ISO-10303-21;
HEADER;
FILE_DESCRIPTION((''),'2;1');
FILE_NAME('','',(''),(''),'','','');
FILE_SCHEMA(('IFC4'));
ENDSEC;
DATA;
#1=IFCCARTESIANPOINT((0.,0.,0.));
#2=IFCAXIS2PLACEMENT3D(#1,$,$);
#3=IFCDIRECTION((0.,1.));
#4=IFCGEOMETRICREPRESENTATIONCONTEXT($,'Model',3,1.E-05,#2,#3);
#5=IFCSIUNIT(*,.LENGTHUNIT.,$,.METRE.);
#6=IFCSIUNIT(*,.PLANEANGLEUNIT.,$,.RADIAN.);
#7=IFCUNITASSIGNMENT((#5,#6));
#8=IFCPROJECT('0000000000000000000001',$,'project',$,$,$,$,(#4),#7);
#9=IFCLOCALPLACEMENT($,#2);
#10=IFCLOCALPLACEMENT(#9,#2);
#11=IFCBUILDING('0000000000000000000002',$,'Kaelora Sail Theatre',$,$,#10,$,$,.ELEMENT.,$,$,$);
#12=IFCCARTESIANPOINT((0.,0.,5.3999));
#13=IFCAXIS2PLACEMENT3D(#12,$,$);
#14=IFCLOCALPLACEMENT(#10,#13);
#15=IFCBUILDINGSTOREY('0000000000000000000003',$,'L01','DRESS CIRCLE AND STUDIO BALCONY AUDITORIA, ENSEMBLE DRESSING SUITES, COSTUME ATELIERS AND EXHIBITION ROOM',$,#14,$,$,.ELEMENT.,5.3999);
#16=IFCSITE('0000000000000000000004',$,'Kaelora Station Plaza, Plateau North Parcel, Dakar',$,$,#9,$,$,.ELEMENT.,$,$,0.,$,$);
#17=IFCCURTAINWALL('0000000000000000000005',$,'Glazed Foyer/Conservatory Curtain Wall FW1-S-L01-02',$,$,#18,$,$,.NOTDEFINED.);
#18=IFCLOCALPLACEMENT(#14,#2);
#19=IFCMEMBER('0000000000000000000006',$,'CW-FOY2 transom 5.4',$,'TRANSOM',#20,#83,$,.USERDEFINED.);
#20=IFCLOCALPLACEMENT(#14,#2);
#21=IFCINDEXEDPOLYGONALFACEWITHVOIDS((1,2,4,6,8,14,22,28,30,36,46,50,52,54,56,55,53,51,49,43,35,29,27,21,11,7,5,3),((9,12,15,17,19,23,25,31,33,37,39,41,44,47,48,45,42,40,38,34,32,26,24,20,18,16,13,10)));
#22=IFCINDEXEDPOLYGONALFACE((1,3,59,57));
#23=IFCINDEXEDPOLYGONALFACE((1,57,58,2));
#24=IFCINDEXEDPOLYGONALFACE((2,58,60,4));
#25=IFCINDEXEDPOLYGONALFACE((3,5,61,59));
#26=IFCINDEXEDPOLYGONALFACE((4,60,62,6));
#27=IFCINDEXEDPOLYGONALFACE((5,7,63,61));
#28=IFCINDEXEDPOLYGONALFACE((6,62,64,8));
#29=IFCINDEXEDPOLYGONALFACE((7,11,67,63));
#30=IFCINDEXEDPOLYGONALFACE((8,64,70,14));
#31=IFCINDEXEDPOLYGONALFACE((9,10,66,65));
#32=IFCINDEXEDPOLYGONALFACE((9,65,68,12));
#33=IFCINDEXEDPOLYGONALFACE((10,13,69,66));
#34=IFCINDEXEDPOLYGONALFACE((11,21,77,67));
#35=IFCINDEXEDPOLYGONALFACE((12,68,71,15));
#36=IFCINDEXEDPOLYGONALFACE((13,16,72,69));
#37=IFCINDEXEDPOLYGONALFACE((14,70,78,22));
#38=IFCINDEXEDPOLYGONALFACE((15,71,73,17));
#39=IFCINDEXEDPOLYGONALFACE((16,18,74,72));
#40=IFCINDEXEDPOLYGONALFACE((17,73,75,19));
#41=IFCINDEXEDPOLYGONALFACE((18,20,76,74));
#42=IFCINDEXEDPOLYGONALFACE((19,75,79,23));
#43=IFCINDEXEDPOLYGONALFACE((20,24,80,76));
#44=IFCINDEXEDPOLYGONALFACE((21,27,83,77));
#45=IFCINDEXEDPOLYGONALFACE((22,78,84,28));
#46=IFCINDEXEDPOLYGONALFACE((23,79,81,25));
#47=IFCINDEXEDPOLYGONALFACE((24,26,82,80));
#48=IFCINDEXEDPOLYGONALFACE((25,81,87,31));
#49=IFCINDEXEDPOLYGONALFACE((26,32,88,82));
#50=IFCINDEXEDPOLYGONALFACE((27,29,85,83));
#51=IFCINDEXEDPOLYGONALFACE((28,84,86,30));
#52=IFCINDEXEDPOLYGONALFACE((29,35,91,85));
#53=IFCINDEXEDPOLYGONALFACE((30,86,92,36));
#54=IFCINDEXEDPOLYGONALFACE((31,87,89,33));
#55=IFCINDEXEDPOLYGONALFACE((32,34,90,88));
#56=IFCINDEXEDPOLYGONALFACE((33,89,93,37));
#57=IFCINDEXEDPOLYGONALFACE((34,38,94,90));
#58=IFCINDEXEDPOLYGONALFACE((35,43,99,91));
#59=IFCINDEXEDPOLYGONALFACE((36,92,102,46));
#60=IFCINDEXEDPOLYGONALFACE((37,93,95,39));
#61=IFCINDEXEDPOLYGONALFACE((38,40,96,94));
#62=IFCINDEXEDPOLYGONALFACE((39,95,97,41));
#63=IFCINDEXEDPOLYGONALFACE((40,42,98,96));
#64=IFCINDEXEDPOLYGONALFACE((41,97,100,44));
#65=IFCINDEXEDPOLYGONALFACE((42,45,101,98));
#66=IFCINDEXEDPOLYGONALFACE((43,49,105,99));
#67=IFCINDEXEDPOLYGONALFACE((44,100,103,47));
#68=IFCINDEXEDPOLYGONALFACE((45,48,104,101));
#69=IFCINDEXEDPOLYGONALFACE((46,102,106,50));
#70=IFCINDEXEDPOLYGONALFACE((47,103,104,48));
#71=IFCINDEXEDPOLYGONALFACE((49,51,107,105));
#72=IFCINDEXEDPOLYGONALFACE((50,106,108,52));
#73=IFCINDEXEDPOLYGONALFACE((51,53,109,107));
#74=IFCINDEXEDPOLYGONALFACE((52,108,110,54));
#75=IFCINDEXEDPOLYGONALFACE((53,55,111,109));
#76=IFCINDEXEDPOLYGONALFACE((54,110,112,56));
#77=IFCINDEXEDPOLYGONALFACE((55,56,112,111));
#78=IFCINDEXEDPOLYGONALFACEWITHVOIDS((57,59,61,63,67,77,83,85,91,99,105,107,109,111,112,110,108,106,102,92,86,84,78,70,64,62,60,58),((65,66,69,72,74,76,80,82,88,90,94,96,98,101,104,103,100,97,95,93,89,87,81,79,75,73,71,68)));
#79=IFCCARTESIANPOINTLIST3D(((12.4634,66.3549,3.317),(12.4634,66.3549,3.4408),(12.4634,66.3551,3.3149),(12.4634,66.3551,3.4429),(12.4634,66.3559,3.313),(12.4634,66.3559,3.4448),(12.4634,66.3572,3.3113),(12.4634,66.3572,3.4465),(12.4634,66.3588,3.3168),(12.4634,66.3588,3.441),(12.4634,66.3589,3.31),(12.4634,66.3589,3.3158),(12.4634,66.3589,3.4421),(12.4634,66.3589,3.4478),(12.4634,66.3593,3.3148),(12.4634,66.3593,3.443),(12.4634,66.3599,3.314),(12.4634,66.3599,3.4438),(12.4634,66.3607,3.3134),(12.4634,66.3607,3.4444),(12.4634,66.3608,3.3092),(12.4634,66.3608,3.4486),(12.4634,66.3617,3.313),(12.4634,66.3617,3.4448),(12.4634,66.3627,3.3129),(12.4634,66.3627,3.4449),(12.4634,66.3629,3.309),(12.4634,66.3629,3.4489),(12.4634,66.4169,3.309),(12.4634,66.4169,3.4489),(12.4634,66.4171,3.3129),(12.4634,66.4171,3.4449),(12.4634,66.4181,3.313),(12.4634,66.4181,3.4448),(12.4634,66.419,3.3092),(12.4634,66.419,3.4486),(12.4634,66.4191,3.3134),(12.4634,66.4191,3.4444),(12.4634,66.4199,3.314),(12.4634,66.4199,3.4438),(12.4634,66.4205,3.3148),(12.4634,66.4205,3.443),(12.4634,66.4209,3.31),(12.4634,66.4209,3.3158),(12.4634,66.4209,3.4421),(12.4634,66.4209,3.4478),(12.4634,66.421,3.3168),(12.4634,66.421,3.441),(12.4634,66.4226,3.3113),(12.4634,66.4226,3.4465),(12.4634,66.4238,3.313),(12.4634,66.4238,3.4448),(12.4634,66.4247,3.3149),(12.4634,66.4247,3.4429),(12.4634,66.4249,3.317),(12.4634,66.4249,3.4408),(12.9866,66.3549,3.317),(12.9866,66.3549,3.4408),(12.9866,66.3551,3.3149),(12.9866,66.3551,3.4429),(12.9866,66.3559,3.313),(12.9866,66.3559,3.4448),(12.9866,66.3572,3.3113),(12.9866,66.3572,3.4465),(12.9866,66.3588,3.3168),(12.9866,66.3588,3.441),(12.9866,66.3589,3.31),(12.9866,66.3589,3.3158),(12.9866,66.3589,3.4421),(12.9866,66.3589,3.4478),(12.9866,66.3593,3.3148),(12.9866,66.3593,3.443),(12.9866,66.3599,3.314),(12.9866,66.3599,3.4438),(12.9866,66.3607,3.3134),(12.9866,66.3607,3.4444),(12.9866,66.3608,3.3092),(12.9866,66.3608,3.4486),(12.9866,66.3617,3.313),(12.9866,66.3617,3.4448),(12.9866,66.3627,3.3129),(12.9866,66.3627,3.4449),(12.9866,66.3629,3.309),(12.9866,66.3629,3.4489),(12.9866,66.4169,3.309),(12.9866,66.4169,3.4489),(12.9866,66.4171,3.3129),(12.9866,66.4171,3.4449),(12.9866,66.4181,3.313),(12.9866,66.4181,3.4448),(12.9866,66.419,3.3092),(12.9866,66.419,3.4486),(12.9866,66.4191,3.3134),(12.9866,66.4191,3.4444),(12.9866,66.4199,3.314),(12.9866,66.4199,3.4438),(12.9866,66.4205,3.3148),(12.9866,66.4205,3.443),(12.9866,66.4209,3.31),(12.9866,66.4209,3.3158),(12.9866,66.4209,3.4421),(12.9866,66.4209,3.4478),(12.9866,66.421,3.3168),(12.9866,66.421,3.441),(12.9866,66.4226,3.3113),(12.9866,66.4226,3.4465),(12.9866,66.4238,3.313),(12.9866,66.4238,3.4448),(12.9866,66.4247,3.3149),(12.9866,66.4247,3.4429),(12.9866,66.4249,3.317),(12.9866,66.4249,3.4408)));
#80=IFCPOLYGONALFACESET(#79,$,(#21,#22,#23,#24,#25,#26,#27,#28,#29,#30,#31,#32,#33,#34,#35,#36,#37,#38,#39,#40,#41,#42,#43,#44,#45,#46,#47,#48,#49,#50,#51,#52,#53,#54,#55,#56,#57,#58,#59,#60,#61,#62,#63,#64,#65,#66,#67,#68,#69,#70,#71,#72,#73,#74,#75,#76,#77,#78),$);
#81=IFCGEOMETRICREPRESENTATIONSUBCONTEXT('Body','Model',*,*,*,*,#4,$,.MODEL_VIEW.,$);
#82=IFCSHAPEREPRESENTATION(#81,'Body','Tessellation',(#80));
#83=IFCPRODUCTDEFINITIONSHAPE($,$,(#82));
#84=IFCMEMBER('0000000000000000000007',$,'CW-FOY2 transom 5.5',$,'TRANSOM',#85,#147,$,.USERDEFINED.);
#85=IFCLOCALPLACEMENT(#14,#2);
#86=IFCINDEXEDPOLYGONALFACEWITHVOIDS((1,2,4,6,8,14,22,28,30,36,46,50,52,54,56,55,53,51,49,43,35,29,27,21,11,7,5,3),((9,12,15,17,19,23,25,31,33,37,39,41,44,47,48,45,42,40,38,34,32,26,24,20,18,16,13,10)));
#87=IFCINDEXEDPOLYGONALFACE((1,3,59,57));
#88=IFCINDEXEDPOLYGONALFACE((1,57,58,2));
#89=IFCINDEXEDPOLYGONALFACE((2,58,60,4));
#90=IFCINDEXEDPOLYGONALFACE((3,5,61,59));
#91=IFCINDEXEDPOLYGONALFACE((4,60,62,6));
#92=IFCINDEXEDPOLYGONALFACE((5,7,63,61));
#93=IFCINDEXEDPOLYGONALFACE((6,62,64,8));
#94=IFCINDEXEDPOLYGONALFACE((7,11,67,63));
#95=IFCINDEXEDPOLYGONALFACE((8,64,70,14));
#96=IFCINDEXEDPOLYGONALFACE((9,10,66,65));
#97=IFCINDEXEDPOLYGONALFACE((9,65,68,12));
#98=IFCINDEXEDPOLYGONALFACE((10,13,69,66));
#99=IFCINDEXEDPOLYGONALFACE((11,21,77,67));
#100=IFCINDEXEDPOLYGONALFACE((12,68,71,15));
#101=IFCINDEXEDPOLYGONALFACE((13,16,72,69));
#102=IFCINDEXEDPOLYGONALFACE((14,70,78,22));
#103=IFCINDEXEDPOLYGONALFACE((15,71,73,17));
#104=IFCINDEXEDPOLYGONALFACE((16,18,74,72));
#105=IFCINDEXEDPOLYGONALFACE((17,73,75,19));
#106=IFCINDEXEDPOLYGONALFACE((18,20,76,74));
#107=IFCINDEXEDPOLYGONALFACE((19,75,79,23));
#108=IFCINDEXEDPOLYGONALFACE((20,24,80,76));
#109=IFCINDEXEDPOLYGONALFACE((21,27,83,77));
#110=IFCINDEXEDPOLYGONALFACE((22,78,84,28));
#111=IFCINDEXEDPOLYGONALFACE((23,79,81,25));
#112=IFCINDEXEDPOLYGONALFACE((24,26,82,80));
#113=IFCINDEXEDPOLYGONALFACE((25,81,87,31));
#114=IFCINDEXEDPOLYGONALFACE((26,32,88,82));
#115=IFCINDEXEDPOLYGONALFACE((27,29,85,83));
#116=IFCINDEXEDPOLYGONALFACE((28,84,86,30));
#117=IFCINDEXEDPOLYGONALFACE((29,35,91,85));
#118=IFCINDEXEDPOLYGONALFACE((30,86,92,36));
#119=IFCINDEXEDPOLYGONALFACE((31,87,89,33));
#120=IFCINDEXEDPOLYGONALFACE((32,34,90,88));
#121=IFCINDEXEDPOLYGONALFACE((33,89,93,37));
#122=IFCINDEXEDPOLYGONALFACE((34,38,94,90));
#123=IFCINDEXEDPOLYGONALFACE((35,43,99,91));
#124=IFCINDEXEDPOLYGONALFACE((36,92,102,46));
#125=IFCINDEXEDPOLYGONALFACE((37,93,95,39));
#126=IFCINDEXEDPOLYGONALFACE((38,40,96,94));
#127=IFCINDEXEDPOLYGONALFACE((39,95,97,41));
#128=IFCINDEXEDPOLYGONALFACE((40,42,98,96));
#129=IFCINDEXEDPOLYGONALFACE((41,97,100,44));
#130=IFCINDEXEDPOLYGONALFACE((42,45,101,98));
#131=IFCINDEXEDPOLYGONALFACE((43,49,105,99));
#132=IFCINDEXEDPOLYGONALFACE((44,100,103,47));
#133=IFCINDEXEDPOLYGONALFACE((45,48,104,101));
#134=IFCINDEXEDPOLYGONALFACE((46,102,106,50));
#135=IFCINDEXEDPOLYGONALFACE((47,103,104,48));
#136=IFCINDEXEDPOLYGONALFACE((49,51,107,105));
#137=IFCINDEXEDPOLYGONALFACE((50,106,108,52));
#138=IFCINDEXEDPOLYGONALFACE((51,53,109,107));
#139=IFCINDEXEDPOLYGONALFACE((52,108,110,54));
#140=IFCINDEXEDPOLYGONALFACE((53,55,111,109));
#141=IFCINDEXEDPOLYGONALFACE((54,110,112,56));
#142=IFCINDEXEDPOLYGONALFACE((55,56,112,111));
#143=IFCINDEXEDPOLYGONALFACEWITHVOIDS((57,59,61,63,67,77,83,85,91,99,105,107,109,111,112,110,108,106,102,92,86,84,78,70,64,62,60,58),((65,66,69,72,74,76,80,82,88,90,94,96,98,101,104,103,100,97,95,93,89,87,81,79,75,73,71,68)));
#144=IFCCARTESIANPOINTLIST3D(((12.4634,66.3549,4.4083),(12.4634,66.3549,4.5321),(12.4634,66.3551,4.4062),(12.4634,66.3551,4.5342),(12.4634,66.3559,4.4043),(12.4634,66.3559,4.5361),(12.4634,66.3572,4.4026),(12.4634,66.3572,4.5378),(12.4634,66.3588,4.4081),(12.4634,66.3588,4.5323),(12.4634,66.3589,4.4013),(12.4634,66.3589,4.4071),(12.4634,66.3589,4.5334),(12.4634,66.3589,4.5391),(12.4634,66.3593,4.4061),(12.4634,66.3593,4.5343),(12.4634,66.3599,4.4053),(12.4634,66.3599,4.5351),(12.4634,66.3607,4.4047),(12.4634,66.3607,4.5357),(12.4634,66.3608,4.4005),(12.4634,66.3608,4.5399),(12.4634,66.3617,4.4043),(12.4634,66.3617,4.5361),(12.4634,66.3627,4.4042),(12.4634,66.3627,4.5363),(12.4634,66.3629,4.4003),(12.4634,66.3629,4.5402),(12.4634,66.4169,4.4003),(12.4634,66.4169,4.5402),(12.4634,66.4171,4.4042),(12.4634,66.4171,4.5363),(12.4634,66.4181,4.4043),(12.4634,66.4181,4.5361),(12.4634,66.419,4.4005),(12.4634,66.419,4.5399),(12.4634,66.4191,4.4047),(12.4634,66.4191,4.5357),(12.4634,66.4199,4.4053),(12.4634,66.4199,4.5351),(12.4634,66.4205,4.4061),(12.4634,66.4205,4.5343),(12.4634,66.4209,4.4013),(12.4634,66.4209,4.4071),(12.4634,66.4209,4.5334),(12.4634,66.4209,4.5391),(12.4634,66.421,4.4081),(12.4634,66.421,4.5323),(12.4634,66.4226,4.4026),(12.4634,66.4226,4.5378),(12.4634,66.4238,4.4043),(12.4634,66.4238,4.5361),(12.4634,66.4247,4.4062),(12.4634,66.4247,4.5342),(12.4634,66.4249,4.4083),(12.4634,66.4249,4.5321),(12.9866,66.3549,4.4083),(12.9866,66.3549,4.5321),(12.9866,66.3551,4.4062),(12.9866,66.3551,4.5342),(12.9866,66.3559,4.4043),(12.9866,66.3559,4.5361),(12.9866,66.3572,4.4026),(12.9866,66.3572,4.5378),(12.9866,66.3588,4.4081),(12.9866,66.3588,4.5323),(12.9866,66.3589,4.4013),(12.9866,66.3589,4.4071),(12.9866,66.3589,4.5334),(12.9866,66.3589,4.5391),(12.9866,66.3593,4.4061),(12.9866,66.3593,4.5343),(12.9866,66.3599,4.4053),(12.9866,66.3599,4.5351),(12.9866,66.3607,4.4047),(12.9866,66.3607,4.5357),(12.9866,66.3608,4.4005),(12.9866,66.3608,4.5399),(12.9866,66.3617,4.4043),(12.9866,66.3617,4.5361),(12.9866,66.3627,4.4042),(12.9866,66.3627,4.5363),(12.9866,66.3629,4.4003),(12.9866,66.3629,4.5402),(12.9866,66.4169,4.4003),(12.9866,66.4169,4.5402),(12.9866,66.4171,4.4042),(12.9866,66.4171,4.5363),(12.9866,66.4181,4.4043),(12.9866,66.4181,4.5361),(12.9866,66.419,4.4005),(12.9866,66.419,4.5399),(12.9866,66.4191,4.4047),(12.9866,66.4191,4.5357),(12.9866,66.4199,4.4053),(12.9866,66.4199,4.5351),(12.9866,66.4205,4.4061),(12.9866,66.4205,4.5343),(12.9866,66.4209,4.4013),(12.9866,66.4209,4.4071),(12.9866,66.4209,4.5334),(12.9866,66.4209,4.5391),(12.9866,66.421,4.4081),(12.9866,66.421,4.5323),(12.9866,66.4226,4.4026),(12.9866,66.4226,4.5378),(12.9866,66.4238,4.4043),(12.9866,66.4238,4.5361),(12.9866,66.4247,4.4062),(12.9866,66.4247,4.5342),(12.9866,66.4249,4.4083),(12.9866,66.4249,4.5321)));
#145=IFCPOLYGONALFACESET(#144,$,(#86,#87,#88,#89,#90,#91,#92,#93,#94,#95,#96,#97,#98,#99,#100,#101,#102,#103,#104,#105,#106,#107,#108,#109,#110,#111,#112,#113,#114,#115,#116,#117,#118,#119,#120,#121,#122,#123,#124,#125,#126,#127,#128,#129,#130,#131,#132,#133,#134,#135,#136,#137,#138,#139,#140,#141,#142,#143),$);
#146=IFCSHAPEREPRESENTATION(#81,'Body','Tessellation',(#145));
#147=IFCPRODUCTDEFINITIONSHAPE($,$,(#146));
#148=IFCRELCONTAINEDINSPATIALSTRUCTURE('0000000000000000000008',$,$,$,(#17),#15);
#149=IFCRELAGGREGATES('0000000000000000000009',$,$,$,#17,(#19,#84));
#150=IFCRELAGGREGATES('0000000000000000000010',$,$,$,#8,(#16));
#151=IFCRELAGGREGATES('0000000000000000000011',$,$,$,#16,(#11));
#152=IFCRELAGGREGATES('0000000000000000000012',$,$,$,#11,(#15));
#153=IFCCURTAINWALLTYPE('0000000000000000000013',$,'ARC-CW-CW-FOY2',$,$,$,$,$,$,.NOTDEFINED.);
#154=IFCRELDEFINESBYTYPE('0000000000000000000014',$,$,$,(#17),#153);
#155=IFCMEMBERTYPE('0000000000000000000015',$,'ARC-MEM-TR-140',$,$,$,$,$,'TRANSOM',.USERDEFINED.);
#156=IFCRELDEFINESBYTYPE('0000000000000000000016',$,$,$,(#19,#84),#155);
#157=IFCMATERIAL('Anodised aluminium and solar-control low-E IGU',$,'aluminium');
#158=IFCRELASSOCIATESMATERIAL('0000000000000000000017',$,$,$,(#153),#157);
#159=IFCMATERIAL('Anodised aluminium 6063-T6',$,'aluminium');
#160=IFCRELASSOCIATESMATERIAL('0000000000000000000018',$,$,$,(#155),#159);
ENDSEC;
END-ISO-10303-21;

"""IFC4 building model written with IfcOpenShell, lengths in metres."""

from ifc_helpers import new_model, si_unit, direction, frame, origin, origin_2d, place, context, subcontext, project, spatial, hollow_rectangle, extrude, material, material_profile, profile_set, type_object, element, aggregate, save


model = new_model("IFC4")

# Units and contexts
model_context = context("Model", 3, precision=1e-05, world=origin(), true_north=direction((0.0, 1.0)))
body_context = subcontext(model_context, "Body", "Model", "MODEL_VIEW")
ifc_project = project(units=[si_unit("LENGTHUNIT", "METRE"), si_unit("PLANEANGLEUNIT", "RADIAN")], contexts=[model_context])

# Site, building, storey
site_placement = place(None, origin())
site = spatial("IfcSite", under=ifc_project, at=site_placement, Name="Kaelora Station Plaza, Plateau North Parcel, Dakar", CompositionType="ELEMENT", RefElevation=0.0)
building_placement = place(site_placement, origin())
building = spatial("IfcBuilding", under=site, at=building_placement, Name="Kaelora Sail Theatre", CompositionType="ELEMENT")
storey_placement = place(building_placement, frame((0.0, 0.0, 5.3999)))
storey = spatial("IfcBuildingStorey", under=building, at=storey_placement, Name="L01", Description="DRESS CIRCLE AND STUDIO BALCONY AUDITORIA, ENSEMBLE DRESSING SUITES, COSTUME ATELIERS AND EXHIBITION ROOM", CompositionType="ELEMENT", Elevation=5.3999)

# Curtain wall, members
ifc_material_1 = material(Name="Anodised aluminium and solar-control low-E IGU", Category="aluminium")
curtain_wall_type = type_object("IfcCurtainWallType", Name="ARC-CW-CW-FOY2", PredefinedType="NOTDEFINED", material=ifc_material_1)
curtain_wall_1_placement = place(storey_placement, origin())
curtain_wall_1 = element("IfcCurtainWall", 1, at=curtain_wall_1_placement, inside=storey, type_object=curtain_wall_type, Name="Glazed Foyer/Conservatory Curtain Wall FW1-S-L01-02", PredefinedType="NOTDEFINED")
ifc_material_2 = material(Name="Anodised aluminium 6063-T6", Category="aluminium")
ifc_material_profile = material_profile(ifc_material_2, hollow_rectangle(XDim=0.0701, YDim=0.1399, WallThickness=0.0039, InnerFilletRadius=0.0039, OuterFilletRadius=0.0081, at=origin_2d()), Name="ALU-TRAN 70x140x4")
ifc_profile_set = profile_set([ifc_material_profile], Name="Anodised aluminium 6063-T6")
member_type = type_object("IfcMemberType", Name="ARC-MEM-TR-140", ElementType="TRANSOM", PredefinedType="USERDEFINED", material=ifc_profile_set)
member_1_placement = place(storey_placement, frame((12.4634, 66.3899, 3.3789), z_axis=(1.0, 0.0, 0.0), x_axis=(0.0, 1.0, 0.0)))
member_1 = element("IfcMember", 2, at=member_1_placement, type_object=member_type, Name="CW-FOY2 transom 5.4", ObjectType="TRANSOM", PredefinedType="USERDEFINED", context=body_context, shape_type="SweptSolid", body=[
    extrude(hollow_rectangle(XDim=0.0701, YDim=0.1399, WallThickness=0.0039, InnerFilletRadius=0.0039, OuterFilletRadius=0.0081, at=origin_2d()), origin(), (0.0, 0.0, 1.0), 0.5232),
])
member_2_placement = place(storey_placement, frame((12.4634, 66.3899, 4.4702), z_axis=(1.0, 0.0, 0.0), x_axis=(0.0, 1.0, 0.0)))
member_2 = element("IfcMember", 3, at=member_2_placement, type_object=member_type, Name="CW-FOY2 transom 5.5", ObjectType="TRANSOM", PredefinedType="USERDEFINED", context=body_context, shape_type="SweptSolid", body=[
    extrude(hollow_rectangle(XDim=0.0701, YDim=0.1399, WallThickness=0.0039, InnerFilletRadius=0.0039, OuterFilletRadius=0.0081, at=origin_2d()), origin(), (0.0, 0.0, 1.0), 0.5232),
])

aggregate(curtain_wall_1, [member_1, member_2])

save(model, "model.ifc")
